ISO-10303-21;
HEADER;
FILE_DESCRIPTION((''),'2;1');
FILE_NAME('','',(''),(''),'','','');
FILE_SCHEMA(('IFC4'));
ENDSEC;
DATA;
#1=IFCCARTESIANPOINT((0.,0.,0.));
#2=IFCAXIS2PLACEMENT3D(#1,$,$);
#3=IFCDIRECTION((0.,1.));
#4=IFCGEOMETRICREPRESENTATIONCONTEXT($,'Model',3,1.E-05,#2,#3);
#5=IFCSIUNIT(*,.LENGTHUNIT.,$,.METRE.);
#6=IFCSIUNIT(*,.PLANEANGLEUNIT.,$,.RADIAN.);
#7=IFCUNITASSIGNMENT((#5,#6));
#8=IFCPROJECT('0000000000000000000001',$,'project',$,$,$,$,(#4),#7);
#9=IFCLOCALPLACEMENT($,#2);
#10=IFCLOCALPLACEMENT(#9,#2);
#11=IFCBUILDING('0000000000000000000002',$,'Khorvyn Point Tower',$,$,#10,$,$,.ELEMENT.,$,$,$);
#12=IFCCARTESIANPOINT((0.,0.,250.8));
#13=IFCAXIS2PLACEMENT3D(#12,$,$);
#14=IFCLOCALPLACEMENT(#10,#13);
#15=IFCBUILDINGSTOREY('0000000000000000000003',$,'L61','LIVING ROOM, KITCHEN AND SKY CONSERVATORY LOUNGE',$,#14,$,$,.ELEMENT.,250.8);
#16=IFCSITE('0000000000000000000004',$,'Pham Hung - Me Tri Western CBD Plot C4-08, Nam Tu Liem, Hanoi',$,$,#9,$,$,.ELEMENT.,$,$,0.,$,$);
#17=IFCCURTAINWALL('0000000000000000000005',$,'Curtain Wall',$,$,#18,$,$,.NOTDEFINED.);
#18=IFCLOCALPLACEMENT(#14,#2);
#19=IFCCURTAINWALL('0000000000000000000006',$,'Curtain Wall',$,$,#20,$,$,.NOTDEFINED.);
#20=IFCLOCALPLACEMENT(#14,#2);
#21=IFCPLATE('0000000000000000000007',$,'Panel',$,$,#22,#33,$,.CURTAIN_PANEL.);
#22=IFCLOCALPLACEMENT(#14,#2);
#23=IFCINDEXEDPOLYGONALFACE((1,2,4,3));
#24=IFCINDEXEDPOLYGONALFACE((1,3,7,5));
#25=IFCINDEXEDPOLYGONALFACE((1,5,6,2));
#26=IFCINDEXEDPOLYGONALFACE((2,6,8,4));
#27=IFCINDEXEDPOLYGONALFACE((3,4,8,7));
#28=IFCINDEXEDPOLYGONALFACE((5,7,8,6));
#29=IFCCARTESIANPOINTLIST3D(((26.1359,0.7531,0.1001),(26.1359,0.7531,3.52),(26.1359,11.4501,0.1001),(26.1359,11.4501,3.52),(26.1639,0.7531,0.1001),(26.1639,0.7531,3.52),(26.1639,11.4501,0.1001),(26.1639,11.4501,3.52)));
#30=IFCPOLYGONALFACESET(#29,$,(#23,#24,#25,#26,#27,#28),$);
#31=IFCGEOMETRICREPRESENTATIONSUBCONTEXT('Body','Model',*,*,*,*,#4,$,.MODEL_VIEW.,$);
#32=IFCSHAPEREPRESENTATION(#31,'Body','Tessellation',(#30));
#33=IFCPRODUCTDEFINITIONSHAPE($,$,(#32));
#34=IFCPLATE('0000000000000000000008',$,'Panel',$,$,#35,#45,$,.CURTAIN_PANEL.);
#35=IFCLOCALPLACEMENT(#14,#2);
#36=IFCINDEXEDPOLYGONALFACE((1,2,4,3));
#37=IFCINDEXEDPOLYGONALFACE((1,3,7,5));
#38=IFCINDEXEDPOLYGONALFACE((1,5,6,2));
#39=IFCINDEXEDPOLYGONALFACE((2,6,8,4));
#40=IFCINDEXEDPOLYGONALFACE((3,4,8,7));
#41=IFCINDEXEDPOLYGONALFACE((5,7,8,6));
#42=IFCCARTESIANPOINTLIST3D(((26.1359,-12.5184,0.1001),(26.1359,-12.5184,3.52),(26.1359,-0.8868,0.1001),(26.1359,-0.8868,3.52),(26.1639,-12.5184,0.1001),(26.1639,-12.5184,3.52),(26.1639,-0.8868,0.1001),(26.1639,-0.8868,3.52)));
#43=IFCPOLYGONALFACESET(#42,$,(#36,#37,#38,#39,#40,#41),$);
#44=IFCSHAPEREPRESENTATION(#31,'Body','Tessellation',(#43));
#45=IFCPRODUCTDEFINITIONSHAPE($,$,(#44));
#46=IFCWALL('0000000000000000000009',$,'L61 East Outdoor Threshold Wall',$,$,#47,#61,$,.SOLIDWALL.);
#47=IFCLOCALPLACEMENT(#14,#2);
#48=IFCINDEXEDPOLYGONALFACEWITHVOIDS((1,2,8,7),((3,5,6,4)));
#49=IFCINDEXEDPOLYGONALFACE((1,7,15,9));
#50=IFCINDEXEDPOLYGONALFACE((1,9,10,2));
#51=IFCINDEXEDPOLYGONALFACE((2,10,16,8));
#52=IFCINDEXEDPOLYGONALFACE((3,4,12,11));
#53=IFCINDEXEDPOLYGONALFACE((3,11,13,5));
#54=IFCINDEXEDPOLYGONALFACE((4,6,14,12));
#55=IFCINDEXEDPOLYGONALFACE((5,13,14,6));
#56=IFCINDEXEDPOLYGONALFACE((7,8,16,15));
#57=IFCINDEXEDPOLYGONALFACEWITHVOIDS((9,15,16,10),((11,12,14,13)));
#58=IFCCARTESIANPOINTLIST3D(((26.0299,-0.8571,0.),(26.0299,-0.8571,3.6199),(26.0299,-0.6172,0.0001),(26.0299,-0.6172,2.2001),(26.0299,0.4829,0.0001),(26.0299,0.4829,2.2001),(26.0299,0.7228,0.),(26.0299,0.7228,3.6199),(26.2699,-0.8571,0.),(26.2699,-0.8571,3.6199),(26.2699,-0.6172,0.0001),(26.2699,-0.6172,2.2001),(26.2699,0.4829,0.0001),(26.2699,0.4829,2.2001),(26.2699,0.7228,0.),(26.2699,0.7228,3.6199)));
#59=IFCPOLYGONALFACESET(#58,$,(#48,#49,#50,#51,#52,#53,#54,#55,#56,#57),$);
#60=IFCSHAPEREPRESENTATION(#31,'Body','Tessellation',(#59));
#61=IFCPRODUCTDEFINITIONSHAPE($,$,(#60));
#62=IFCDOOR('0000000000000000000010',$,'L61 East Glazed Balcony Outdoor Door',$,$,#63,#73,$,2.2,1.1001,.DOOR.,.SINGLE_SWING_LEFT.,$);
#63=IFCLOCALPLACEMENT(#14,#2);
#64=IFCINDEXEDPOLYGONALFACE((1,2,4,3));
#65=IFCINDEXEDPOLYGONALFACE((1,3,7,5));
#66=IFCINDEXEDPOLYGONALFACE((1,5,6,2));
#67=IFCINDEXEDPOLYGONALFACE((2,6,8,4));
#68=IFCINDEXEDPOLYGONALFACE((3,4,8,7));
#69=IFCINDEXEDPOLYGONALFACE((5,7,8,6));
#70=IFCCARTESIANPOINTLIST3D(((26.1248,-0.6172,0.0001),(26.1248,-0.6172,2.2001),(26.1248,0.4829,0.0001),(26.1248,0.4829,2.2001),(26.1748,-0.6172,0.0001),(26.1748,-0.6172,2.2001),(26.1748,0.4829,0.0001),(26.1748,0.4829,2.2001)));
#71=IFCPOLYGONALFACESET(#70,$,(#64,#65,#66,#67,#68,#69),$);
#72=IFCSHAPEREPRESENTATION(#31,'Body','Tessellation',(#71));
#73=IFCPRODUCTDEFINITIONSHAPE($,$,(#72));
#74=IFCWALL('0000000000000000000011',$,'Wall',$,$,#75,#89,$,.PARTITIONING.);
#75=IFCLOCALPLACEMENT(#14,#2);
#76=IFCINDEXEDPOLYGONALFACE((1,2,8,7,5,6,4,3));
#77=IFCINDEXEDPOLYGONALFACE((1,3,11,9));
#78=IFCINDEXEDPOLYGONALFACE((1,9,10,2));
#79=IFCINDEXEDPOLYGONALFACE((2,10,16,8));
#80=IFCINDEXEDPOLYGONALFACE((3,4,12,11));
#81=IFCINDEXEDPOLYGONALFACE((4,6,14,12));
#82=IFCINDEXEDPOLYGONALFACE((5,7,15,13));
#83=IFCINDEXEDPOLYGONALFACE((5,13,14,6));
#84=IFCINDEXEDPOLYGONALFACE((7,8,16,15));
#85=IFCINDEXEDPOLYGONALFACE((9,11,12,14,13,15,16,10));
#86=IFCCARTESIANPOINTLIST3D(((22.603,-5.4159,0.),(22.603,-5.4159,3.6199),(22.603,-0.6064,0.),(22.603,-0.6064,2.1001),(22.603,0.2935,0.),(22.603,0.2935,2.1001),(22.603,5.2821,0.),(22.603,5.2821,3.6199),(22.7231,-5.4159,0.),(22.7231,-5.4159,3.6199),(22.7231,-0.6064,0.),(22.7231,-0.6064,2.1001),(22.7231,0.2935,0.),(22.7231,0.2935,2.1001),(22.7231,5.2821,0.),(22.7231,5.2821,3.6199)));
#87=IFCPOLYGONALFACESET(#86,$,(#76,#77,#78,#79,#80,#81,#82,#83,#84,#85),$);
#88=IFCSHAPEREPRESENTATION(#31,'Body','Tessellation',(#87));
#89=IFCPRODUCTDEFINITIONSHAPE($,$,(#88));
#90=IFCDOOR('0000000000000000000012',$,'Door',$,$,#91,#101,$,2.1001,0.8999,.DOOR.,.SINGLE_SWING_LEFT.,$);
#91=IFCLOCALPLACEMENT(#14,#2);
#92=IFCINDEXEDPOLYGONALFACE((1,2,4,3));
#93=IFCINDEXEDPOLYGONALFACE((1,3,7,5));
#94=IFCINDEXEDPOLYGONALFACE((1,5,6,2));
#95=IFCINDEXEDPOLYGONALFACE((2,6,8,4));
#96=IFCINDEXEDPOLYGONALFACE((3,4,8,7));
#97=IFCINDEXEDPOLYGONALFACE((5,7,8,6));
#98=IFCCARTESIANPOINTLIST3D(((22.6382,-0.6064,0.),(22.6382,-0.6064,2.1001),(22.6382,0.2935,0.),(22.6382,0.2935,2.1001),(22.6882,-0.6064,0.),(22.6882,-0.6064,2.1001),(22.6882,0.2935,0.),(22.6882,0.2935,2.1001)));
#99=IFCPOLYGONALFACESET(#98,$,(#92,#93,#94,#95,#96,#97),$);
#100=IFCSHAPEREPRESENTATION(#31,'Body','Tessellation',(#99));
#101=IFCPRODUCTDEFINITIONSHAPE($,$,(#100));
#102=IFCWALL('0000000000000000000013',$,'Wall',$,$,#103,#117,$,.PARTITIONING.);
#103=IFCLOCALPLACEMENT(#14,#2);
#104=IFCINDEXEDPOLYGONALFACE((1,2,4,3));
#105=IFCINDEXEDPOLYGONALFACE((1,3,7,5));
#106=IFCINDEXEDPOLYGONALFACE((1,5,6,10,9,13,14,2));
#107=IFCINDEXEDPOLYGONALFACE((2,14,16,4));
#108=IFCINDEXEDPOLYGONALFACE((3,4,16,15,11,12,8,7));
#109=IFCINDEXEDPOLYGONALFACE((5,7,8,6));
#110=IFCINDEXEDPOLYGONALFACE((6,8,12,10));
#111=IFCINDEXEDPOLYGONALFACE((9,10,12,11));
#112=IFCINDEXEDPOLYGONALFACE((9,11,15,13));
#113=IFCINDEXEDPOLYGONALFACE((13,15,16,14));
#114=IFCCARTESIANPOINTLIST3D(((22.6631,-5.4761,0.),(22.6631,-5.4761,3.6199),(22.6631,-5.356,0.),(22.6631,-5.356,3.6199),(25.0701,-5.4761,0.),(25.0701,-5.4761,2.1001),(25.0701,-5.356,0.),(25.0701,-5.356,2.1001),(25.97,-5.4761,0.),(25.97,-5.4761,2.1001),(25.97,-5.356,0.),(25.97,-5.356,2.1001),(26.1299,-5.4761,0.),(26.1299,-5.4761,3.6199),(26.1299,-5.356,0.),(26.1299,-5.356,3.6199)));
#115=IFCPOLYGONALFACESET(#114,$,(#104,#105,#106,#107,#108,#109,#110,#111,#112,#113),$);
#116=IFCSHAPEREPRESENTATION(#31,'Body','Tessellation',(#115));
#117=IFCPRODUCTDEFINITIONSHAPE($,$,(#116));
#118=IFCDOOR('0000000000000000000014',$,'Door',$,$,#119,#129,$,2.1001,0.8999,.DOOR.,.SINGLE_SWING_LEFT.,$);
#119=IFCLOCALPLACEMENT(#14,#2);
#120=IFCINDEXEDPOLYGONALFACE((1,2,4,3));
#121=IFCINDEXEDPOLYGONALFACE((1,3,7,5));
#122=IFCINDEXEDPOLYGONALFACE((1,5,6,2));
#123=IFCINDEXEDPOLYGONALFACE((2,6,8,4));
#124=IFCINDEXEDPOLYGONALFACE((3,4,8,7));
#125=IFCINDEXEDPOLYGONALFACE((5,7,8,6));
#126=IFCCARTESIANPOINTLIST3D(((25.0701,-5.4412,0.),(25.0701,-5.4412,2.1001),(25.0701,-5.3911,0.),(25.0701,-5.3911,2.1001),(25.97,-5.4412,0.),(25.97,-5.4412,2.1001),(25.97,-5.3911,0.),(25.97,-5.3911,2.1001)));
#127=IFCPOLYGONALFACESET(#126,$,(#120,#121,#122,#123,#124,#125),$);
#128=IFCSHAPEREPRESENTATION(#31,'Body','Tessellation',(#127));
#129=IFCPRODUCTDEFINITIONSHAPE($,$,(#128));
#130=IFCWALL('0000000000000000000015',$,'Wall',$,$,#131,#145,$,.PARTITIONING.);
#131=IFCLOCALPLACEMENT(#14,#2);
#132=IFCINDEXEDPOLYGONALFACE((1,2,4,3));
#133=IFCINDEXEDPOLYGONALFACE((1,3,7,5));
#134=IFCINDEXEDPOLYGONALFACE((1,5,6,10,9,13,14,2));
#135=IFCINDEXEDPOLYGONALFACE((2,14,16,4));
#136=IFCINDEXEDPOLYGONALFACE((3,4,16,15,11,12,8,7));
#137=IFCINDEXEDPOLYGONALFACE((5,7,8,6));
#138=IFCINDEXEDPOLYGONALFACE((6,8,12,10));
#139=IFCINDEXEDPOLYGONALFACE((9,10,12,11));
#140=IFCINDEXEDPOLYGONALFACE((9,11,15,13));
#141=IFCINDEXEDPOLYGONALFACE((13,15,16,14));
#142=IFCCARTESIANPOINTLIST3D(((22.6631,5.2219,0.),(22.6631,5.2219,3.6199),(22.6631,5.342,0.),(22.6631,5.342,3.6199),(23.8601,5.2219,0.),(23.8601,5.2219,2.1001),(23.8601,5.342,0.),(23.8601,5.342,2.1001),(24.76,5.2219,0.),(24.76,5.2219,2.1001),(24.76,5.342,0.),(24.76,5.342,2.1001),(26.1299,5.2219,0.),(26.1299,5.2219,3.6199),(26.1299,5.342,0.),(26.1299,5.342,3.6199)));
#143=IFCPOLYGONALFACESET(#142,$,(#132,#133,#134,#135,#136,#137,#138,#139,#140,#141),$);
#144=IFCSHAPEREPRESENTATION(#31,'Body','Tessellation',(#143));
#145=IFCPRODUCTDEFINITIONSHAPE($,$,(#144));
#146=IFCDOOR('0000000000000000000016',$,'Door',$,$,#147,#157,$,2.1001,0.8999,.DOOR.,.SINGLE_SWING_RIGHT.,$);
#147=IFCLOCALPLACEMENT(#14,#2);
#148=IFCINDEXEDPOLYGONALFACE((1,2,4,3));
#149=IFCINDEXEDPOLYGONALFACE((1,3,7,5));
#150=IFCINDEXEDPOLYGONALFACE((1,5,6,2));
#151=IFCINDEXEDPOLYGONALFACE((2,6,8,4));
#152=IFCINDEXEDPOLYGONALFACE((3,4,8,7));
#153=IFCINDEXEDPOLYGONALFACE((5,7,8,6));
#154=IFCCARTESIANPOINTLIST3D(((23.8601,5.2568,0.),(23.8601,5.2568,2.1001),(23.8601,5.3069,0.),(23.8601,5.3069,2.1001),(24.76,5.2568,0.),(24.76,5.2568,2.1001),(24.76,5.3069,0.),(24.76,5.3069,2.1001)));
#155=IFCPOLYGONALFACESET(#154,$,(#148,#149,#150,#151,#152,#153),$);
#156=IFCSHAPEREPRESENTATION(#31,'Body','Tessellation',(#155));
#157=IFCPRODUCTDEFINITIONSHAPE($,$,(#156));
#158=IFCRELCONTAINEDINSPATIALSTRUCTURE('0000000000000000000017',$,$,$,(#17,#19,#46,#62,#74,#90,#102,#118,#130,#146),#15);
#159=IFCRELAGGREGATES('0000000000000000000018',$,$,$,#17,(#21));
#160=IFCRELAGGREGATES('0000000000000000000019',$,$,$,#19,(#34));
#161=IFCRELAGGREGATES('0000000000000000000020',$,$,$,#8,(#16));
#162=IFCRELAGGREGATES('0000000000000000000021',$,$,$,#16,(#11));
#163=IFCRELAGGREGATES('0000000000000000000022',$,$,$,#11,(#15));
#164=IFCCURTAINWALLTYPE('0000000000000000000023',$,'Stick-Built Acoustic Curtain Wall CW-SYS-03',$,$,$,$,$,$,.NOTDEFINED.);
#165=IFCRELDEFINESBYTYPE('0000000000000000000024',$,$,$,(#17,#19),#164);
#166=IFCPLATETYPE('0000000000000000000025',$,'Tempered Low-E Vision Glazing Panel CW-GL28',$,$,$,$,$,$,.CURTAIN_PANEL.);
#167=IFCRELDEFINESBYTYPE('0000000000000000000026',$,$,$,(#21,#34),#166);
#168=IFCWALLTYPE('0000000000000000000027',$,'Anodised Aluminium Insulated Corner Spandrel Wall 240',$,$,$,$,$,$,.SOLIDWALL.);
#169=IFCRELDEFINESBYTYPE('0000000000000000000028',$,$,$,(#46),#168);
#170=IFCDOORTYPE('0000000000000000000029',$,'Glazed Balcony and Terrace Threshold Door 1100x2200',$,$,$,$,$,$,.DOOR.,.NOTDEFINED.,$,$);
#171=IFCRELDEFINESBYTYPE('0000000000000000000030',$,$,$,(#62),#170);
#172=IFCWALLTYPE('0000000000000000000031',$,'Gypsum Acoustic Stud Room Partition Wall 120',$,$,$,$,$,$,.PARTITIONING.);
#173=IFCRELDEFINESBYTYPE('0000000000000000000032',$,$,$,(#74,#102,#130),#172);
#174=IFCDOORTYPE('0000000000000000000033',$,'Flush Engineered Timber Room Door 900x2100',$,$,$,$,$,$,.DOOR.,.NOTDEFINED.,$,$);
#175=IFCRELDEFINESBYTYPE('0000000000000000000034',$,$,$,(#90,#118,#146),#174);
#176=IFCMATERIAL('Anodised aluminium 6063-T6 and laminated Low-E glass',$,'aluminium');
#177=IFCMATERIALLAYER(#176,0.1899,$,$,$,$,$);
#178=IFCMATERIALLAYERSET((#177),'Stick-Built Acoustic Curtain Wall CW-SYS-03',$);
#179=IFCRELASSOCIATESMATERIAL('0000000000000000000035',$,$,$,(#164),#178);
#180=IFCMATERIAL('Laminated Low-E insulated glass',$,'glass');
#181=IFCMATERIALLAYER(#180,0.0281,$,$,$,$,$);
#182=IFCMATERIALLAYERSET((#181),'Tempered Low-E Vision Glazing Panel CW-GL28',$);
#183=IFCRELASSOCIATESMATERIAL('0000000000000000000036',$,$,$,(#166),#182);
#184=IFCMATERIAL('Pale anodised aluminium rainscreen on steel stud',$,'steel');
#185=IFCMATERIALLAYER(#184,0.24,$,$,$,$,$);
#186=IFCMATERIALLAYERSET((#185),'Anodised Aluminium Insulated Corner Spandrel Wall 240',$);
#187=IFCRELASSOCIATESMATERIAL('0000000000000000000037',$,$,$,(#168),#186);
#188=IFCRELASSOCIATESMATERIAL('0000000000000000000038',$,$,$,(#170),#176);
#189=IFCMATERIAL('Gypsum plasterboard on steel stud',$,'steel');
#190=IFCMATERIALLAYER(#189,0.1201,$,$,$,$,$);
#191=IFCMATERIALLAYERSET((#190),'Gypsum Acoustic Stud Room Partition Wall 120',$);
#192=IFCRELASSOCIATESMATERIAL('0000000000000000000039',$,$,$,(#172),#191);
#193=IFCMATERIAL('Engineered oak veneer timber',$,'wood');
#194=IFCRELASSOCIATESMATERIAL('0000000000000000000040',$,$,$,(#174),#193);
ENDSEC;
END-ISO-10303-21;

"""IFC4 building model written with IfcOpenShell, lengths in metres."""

from ifc_helpers import new_model, si_unit, direction, frame, frame_2d, origin, origin_2d, place, context, subcontext, project, spatial, rectangle, extrude, material, layer, layer_set, type_object, element, fill, aggregate, save


model = new_model("IFC4")

# Units and contexts
model_context = context("Model", 3, precision=1e-05, world=origin(), true_north=direction((0.0, 1.0)))
body_context = subcontext(model_context, "Body", "Model", "MODEL_VIEW")
ifc_project = project(units=[si_unit("LENGTHUNIT", "METRE"), si_unit("PLANEANGLEUNIT", "RADIAN")], contexts=[model_context])

# Site, building, storey
site_placement = place(None, origin())
site = spatial("IfcSite", under=ifc_project, at=site_placement, Name="Pham Hung - Me Tri Western CBD Plot C4-08, Nam Tu Liem, Hanoi", CompositionType="ELEMENT", RefElevation=0.0)
building_placement = place(site_placement, origin())
building = spatial("IfcBuilding", under=site, at=building_placement, Name="Khorvyn Point Tower", CompositionType="ELEMENT")
storey_placement = place(building_placement, frame((0.0, 0.0, 250.8)))
storey = spatial("IfcBuildingStorey", under=building, at=storey_placement, Name="L61", Description="LIVING ROOM, KITCHEN AND SKY CONSERVATORY LOUNGE", CompositionType="ELEMENT", Elevation=250.8)

# Curtain wall
ifc_material_1 = material(Name="Anodised aluminium 6063-T6 and laminated Low-E glass", Category="aluminium")
ifc_layer_1 = layer(ifc_material_1, 0.1899)
ifc_layer_set_1 = layer_set([ifc_layer_1], Name="Stick-Built Acoustic Curtain Wall CW-SYS-03")
curtain_wall_type = type_object("IfcCurtainWallType", Name="Stick-Built Acoustic Curtain Wall CW-SYS-03", PredefinedType="NOTDEFINED", material=ifc_layer_set_1)
curtain_wall_1_placement = place(storey_placement, origin())
curtain_wall_1 = element("IfcCurtainWall", 1, at=curtain_wall_1_placement, inside=storey, type_object=curtain_wall_type, Name="Curtain Wall", PredefinedType="NOTDEFINED")

# Curtain wall
curtain_wall_2_placement = place(storey_placement, origin())
curtain_wall_2 = element("IfcCurtainWall", 2, at=curtain_wall_2_placement, inside=storey, type_object=curtain_wall_type, Name="Curtain Wall", PredefinedType="NOTDEFINED")

# Plates
ifc_material_2 = material(Name="Laminated Low-E insulated glass", Category="glass")
ifc_layer_2 = layer(ifc_material_2, 0.0281)
ifc_layer_set_2 = layer_set([ifc_layer_2], Name="Tempered Low-E Vision Glazing Panel CW-GL28")
plate_type_1 = type_object("IfcPlateType", Name="Tempered Low-E Vision Glazing Panel CW-GL28", PredefinedType="CURTAIN_PANEL", material=ifc_layer_set_2)
plate_1_placement = place(storey_placement, frame((26.1499, 6.1016, 0.1001), z_axis=(0.0, 0.0, 1.0), x_axis=(0.0, -1.0, 0.0)))
plate_1 = element("IfcPlate", 3, at=plate_1_placement, type_object=plate_type_1, Name="Panel", PredefinedType="CURTAIN_PANEL", context=body_context, shape_type="SweptSolid", body=[
    extrude(rectangle(XDim=10.697, YDim=0.0281, at=origin_2d()), origin(), (0.0, 0.0, 1.0), 3.4199),
])
aggregate(curtain_wall_1, [plate_1])
plate_2_placement = place(storey_placement, frame((26.1499, -6.7026, 0.1001), z_axis=(0.0, 0.0, 1.0), x_axis=(0.0, -1.0, 0.0)))
plate_2 = element("IfcPlate", 4, at=plate_2_placement, type_object=plate_type_1, Name="Panel", PredefinedType="CURTAIN_PANEL", context=body_context, shape_type="SweptSolid", body=[
    extrude(rectangle(XDim=11.6316, YDim=0.0281, at=origin_2d()), origin(), (0.0, 0.0, 1.0), 3.4199),
])
aggregate(curtain_wall_2, [plate_2])

# Walls, openings, doors
ifc_material_3 = material(Name="Pale anodised aluminium rainscreen on steel stud", Category="steel")
ifc_layer_3 = layer(ifc_material_3, 0.24)
ifc_layer_set_3 = layer_set([ifc_layer_3], Name="Anodised Aluminium Insulated Corner Spandrel Wall 240")
wall_type_1 = type_object("IfcWallType", Name="Anodised Aluminium Insulated Corner Spandrel Wall 240", PredefinedType="SOLIDWALL", material=ifc_layer_set_3)
wall_1_placement = place(storey_placement, frame((26.1499, 0.7229, 0.0), z_axis=(0.0, 0.0, 1.0), x_axis=(0.0, -1.0, 0.0)))
wall_1 = element("IfcWall", 5, at=wall_1_placement, inside=storey, type_object=wall_type_1, Name="L61 East Outdoor Threshold Wall", PredefinedType="SOLIDWALL", context=body_context, shape_type="SweptSolid", body=[
    extrude(rectangle(XDim=1.5798, YDim=0.24, at=frame_2d((0.79, 0.0))), origin(), (0.0, 0.0, 1.0), 3.6199),
])
opening_1_placement = place(wall_1_placement, frame((0.24, 0.0, 0.0)))
opening_1 = element("IfcOpeningElement", 6, at=opening_1_placement, cuts=wall_1, PredefinedType="OPENING", context=body_context, shape_type="SweptSolid", body=[
    extrude(rectangle(XDim=1.1001, YDim=2.2, at=frame_2d((0.55, 1.1001))), frame((0.0, 0.1299, 0.0), z_axis=(0.0, -1.0, 0.0), x_axis=(1.0, 0.0, 0.0)), (0.0, 0.0, 1.0), 0.26),
])
door_type_1 = type_object("IfcDoorType", Name="Glazed Balcony and Terrace Threshold Door 1100x2200", OperationType="NOTDEFINED", PredefinedType="DOOR", material=ifc_material_1)
door_1_placement = place(opening_1_placement, origin())
door_1 = element("IfcDoor", 7, at=door_1_placement, inside=storey, type_object=door_type_1, Name="L61 East Glazed Balcony Outdoor Door", OperationType="SINGLE_SWING_LEFT", OverallHeight=2.2, OverallWidth=1.1001, PredefinedType="DOOR", context=body_context, shape_type="SweptSolid", body=[
    extrude(rectangle(XDim=1.1001, YDim=2.2, at=frame_2d((0.55, 1.1001))), frame((0.0, 0.0249, 0.0), z_axis=(0.0, -1.0, 0.0), x_axis=(1.0, 0.0, 0.0)), (0.0, 0.0, 1.0), 0.05),
])
fill(opening_1, door_1)
ifc_material_4 = material(Name="Gypsum plasterboard on steel stud", Category="steel")
ifc_layer_4 = layer(ifc_material_4, 0.1201)
ifc_layer_set_4 = layer_set([ifc_layer_4], Name="Gypsum Acoustic Stud Room Partition Wall 120")
wall_type_2 = type_object("IfcWallType", Name="Gypsum Acoustic Stud Room Partition Wall 120", PredefinedType="PARTITIONING", material=ifc_layer_set_4)
wall_2_placement = place(storey_placement, frame((22.6631, -5.416, 0.0), z_axis=(0.0, 0.0, 1.0), x_axis=(0.0, 1.0, 0.0)))
wall_2 = element("IfcWall", 8, at=wall_2_placement, inside=storey, type_object=wall_type_2, Name="Wall", PredefinedType="PARTITIONING", context=body_context, shape_type="SweptSolid", body=[
    extrude(rectangle(XDim=10.698, YDim=0.1201, at=frame_2d((5.3491, 0.0))), origin(), (0.0, 0.0, 1.0), 3.6199),
])
opening_2_placement = place(wall_2_placement, frame((4.8096, 0.0, 0.0)))
opening_2 = element("IfcOpeningElement", 9, at=opening_2_placement, cuts=wall_2, PredefinedType="OPENING", context=body_context, shape_type="SweptSolid", body=[
    extrude(rectangle(XDim=0.8999, YDim=2.1001, at=frame_2d((0.45, 1.05))), frame((0.0, 0.0701, 0.0), z_axis=(0.0, -1.0, 0.0), x_axis=(1.0, 0.0, 0.0)), (0.0, 0.0, 1.0), 0.1401),
])
ifc_material_5 = material(Name="Engineered oak veneer timber", Category="wood")
door_type_2 = type_object("IfcDoorType", Name="Flush Engineered Timber Room Door 900x2100", OperationType="NOTDEFINED", PredefinedType="DOOR", material=ifc_material_5)
door_2_placement = place(opening_2_placement, origin())
door_2 = element("IfcDoor", 10, at=door_2_placement, inside=storey, type_object=door_type_2, Name="Door", OperationType="SINGLE_SWING_LEFT", OverallHeight=2.1001, OverallWidth=0.8999, PredefinedType="DOOR", context=body_context, shape_type="SweptSolid", body=[
    extrude(rectangle(XDim=0.8999, YDim=2.1001, at=frame_2d((0.45, 1.05))), frame((0.0, 0.0249, 0.0), z_axis=(0.0, -1.0, 0.0), x_axis=(1.0, 0.0, 0.0)), (0.0, 0.0, 1.0), 0.05),
])
fill(opening_2, door_2)
wall_3_placement = place(storey_placement, frame((22.6631, -5.416, 0.0), z_axis=(0.0, 0.0, 1.0), x_axis=(1.0, 0.0, 0.0)))
wall_3 = element("IfcWall", 11, at=wall_3_placement, inside=storey, type_object=wall_type_2, Name="Wall", PredefinedType="PARTITIONING", context=body_context, shape_type="SweptSolid", body=[
    extrude(rectangle(XDim=3.4668, YDim=0.1201, at=frame_2d((1.7334, 0.0))), origin(), (0.0, 0.0, 1.0), 3.6199),
])
opening_3_placement = place(wall_3_placement, frame((2.407, 0.0, 0.0)))
opening_3 = element("IfcOpeningElement", 12, at=opening_3_placement, cuts=wall_3, PredefinedType="OPENING", context=body_context, shape_type="SweptSolid", body=[
    extrude(rectangle(XDim=0.8999, YDim=2.1001, at=frame_2d((0.45, 1.05))), frame((0.0, 0.0701, 0.0), z_axis=(0.0, -1.0, 0.0), x_axis=(1.0, 0.0, 0.0)), (0.0, 0.0, 1.0), 0.1401),
])
door_3_placement = place(opening_3_placement, origin())
door_3 = element("IfcDoor", 13, at=door_3_placement, inside=storey, type_object=door_type_2, Name="Door", OperationType="SINGLE_SWING_LEFT", OverallHeight=2.1001, OverallWidth=0.8999, PredefinedType="DOOR", context=body_context, shape_type="SweptSolid", body=[
    extrude(rectangle(XDim=0.8999, YDim=2.1001, at=frame_2d((0.45, 1.05))), frame((0.0, 0.0249, 0.0), z_axis=(0.0, -1.0, 0.0), x_axis=(1.0, 0.0, 0.0)), (0.0, 0.0, 1.0), 0.05),
])
fill(opening_3, door_3)
wall_4_placement = place(storey_placement, frame((22.6631, 5.282, 0.0), z_axis=(0.0, 0.0, 1.0), x_axis=(1.0, 0.0, 0.0)))
wall_4 = element("IfcWall", 14, at=wall_4_placement, inside=storey, type_object=wall_type_2, Name="Wall", PredefinedType="PARTITIONING", context=body_context, shape_type="SweptSolid", body=[
    extrude(rectangle(XDim=3.4668, YDim=0.1201, at=frame_2d((1.7334, 0.0))), origin(), (0.0, 0.0, 1.0), 3.6199),
])
opening_4_placement = place(wall_4_placement, frame((1.197, 0.0, 0.0)))
opening_4 = element("IfcOpeningElement", 15, at=opening_4_placement, cuts=wall_4, PredefinedType="OPENING", context=body_context, shape_type="SweptSolid", body=[
    extrude(rectangle(XDim=0.8999, YDim=2.1001, at=frame_2d((0.45, 1.05))), frame((0.0, 0.0701, 0.0), z_axis=(0.0, -1.0, 0.0), x_axis=(1.0, 0.0, 0.0)), (0.0, 0.0, 1.0), 0.1401),
])
door_4_placement = place(opening_4_placement, origin())
door_4 = element("IfcDoor", 16, at=door_4_placement, inside=storey, type_object=door_type_2, Name="Door", OperationType="SINGLE_SWING_RIGHT", OverallHeight=2.1001, OverallWidth=0.8999, PredefinedType="DOOR", context=body_context, shape_type="SweptSolid", body=[
    extrude(rectangle(XDim=0.8999, YDim=2.1001, at=frame_2d((0.45, 1.05))), frame((0.0, 0.0249, 0.0), z_axis=(0.0, -1.0, 0.0), x_axis=(1.0, 0.0, 0.0)), (0.0, 0.0, 1.0), 0.05),
])
fill(opening_4, door_4)

save(model, "model.ifc")
